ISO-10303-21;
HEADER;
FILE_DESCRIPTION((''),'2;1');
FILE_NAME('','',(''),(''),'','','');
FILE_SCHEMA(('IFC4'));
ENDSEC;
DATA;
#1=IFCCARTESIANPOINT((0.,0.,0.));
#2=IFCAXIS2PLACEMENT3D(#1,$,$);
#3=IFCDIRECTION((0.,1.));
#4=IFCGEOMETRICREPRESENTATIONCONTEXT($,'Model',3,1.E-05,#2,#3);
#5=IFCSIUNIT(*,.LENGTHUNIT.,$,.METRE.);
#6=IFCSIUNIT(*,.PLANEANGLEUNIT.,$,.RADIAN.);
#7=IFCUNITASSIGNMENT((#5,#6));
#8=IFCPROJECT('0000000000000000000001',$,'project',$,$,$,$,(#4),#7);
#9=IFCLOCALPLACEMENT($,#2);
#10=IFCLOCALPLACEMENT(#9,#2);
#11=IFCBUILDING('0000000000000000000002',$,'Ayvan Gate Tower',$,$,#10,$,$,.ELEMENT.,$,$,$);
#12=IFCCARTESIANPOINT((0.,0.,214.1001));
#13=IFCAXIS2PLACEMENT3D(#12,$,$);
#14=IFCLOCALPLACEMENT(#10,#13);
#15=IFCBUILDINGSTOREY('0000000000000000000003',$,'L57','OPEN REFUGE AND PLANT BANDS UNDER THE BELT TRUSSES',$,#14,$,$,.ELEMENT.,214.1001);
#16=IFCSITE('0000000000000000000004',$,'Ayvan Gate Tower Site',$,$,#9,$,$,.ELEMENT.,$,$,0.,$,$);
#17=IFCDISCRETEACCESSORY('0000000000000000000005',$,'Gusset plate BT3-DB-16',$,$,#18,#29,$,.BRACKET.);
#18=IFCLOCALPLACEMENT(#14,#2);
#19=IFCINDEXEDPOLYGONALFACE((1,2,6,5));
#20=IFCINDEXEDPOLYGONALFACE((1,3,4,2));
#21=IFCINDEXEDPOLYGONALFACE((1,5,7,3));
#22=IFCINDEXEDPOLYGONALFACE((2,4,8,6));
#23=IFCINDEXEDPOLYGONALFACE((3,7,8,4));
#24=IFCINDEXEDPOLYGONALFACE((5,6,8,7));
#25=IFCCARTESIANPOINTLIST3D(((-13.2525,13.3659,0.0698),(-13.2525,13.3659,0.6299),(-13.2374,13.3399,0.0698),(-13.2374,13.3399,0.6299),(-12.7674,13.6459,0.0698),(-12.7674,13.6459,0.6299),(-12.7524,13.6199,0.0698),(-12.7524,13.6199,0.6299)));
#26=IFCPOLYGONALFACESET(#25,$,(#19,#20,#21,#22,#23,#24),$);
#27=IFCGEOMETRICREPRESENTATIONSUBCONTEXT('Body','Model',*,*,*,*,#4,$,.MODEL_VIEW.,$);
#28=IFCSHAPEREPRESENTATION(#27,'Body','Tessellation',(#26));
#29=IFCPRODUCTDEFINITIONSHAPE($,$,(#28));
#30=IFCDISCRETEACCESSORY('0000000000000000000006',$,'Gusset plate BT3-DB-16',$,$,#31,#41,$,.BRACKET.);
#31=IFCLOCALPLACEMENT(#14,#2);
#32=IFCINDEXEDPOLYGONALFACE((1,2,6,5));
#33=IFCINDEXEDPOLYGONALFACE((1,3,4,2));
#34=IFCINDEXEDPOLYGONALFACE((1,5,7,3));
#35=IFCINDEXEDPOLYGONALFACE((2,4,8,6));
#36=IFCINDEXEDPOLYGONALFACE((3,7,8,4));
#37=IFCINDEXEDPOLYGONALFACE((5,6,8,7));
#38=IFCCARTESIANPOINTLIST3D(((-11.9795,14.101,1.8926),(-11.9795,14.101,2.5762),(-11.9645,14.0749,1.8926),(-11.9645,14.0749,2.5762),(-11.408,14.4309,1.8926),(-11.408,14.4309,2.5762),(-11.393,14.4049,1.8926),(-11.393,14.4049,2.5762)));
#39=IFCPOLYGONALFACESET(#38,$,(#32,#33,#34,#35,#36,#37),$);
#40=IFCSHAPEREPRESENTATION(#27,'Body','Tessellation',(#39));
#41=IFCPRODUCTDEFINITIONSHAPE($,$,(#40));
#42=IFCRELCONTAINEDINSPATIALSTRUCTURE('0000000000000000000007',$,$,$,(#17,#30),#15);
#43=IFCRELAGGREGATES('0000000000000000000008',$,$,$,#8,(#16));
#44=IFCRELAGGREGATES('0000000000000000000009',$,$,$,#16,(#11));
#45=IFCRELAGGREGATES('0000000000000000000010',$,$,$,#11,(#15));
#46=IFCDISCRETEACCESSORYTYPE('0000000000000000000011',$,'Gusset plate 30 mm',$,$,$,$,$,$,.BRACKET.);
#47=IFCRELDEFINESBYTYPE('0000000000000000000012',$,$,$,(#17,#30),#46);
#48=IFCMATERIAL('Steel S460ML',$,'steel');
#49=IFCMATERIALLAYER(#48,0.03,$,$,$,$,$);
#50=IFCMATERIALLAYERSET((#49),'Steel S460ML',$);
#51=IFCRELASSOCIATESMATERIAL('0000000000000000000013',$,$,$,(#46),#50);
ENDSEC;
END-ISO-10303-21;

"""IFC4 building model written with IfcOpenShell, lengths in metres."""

from ifc_helpers import new_model, si_unit, direction, frame, origin, origin_2d, place, context, subcontext, project, spatial, rectangle, extrude, material, layer, layer_set, type_object, element, save


model = new_model("IFC4")

# Units and contexts
model_context = context("Model", 3, precision=1e-05, world=origin(), true_north=direction((0.0, 1.0)))
body_context = subcontext(model_context, "Body", "Model", "MODEL_VIEW")
ifc_project = project(units=[si_unit("LENGTHUNIT", "METRE"), si_unit("PLANEANGLEUNIT", "RADIAN")], contexts=[model_context])

# Site, building, storey
site_placement = place(None, origin())
site = spatial("IfcSite", under=ifc_project, at=site_placement, Name="Ayvan Gate Tower Site", CompositionType="ELEMENT", RefElevation=0.0)
building_placement = place(site_placement, origin())
building = spatial("IfcBuilding", under=site, at=building_placement, Name="Ayvan Gate Tower", CompositionType="ELEMENT")
storey_placement = place(building_placement, frame((0.0, 0.0, 214.1001)))
storey = spatial("IfcBuildingStorey", under=building, at=storey_placement, Name="L57", Description="OPEN REFUGE AND PLANT BANDS UNDER THE BELT TRUSSES", CompositionType="ELEMENT", Elevation=214.1001)

# Shared definitions
ifc_material_1 = material(Name="Steel S460ML", Category="steel")

# Discrete accessories
ifc_layer_1 = layer(ifc_material_1, 0.03)
ifc_layer_set_1 = layer_set([ifc_layer_1], Name="Steel S460ML")
discrete_accessory_type_1 = type_object("IfcDiscreteAccessoryType", Name="Gusset plate 30 mm", PredefinedType="BRACKET", material=ifc_layer_set_1)
for number, where, z_axis, x_axis, name in (
    (1, (-13.0024, 13.4929, 0.0698), (0.0, 0.0, 1.0), (0.866025, 0.5, 0.0), "Gusset plate BT3-DB-16"),
):
    element("IfcDiscreteAccessory", number, at=place(storey_placement, frame(where, z_axis=z_axis, x_axis=x_axis)), inside=storey, type_object=discrete_accessory_type_1, Name=name, PredefinedType="BRACKET", context=body_context, shape_type="SweptSolid", body=[
        extrude(rectangle(XDim=0.5601, YDim=0.03, at=origin_2d()), origin(), (0.0, 0.0, 1.0), 0.5601),
    ])
discrete_accessory_1_placement = place(storey_placement, frame((-11.6863, 14.2529, 1.8926), z_axis=(0.0, 0.0, 1.0), x_axis=(0.866025, 0.5, 0.0)))
element("IfcDiscreteAccessory", 2, at=discrete_accessory_1_placement, inside=storey, type_object=discrete_accessory_type_1, Name="Gusset plate BT3-DB-16", PredefinedType="BRACKET", context=body_context, shape_type="SweptSolid", body=[
    extrude(rectangle(XDim=0.6599, YDim=0.03, at=origin_2d()), origin(), (0.0, 0.0, 1.0), 0.6836),
])

save(model, "model.ifc")
